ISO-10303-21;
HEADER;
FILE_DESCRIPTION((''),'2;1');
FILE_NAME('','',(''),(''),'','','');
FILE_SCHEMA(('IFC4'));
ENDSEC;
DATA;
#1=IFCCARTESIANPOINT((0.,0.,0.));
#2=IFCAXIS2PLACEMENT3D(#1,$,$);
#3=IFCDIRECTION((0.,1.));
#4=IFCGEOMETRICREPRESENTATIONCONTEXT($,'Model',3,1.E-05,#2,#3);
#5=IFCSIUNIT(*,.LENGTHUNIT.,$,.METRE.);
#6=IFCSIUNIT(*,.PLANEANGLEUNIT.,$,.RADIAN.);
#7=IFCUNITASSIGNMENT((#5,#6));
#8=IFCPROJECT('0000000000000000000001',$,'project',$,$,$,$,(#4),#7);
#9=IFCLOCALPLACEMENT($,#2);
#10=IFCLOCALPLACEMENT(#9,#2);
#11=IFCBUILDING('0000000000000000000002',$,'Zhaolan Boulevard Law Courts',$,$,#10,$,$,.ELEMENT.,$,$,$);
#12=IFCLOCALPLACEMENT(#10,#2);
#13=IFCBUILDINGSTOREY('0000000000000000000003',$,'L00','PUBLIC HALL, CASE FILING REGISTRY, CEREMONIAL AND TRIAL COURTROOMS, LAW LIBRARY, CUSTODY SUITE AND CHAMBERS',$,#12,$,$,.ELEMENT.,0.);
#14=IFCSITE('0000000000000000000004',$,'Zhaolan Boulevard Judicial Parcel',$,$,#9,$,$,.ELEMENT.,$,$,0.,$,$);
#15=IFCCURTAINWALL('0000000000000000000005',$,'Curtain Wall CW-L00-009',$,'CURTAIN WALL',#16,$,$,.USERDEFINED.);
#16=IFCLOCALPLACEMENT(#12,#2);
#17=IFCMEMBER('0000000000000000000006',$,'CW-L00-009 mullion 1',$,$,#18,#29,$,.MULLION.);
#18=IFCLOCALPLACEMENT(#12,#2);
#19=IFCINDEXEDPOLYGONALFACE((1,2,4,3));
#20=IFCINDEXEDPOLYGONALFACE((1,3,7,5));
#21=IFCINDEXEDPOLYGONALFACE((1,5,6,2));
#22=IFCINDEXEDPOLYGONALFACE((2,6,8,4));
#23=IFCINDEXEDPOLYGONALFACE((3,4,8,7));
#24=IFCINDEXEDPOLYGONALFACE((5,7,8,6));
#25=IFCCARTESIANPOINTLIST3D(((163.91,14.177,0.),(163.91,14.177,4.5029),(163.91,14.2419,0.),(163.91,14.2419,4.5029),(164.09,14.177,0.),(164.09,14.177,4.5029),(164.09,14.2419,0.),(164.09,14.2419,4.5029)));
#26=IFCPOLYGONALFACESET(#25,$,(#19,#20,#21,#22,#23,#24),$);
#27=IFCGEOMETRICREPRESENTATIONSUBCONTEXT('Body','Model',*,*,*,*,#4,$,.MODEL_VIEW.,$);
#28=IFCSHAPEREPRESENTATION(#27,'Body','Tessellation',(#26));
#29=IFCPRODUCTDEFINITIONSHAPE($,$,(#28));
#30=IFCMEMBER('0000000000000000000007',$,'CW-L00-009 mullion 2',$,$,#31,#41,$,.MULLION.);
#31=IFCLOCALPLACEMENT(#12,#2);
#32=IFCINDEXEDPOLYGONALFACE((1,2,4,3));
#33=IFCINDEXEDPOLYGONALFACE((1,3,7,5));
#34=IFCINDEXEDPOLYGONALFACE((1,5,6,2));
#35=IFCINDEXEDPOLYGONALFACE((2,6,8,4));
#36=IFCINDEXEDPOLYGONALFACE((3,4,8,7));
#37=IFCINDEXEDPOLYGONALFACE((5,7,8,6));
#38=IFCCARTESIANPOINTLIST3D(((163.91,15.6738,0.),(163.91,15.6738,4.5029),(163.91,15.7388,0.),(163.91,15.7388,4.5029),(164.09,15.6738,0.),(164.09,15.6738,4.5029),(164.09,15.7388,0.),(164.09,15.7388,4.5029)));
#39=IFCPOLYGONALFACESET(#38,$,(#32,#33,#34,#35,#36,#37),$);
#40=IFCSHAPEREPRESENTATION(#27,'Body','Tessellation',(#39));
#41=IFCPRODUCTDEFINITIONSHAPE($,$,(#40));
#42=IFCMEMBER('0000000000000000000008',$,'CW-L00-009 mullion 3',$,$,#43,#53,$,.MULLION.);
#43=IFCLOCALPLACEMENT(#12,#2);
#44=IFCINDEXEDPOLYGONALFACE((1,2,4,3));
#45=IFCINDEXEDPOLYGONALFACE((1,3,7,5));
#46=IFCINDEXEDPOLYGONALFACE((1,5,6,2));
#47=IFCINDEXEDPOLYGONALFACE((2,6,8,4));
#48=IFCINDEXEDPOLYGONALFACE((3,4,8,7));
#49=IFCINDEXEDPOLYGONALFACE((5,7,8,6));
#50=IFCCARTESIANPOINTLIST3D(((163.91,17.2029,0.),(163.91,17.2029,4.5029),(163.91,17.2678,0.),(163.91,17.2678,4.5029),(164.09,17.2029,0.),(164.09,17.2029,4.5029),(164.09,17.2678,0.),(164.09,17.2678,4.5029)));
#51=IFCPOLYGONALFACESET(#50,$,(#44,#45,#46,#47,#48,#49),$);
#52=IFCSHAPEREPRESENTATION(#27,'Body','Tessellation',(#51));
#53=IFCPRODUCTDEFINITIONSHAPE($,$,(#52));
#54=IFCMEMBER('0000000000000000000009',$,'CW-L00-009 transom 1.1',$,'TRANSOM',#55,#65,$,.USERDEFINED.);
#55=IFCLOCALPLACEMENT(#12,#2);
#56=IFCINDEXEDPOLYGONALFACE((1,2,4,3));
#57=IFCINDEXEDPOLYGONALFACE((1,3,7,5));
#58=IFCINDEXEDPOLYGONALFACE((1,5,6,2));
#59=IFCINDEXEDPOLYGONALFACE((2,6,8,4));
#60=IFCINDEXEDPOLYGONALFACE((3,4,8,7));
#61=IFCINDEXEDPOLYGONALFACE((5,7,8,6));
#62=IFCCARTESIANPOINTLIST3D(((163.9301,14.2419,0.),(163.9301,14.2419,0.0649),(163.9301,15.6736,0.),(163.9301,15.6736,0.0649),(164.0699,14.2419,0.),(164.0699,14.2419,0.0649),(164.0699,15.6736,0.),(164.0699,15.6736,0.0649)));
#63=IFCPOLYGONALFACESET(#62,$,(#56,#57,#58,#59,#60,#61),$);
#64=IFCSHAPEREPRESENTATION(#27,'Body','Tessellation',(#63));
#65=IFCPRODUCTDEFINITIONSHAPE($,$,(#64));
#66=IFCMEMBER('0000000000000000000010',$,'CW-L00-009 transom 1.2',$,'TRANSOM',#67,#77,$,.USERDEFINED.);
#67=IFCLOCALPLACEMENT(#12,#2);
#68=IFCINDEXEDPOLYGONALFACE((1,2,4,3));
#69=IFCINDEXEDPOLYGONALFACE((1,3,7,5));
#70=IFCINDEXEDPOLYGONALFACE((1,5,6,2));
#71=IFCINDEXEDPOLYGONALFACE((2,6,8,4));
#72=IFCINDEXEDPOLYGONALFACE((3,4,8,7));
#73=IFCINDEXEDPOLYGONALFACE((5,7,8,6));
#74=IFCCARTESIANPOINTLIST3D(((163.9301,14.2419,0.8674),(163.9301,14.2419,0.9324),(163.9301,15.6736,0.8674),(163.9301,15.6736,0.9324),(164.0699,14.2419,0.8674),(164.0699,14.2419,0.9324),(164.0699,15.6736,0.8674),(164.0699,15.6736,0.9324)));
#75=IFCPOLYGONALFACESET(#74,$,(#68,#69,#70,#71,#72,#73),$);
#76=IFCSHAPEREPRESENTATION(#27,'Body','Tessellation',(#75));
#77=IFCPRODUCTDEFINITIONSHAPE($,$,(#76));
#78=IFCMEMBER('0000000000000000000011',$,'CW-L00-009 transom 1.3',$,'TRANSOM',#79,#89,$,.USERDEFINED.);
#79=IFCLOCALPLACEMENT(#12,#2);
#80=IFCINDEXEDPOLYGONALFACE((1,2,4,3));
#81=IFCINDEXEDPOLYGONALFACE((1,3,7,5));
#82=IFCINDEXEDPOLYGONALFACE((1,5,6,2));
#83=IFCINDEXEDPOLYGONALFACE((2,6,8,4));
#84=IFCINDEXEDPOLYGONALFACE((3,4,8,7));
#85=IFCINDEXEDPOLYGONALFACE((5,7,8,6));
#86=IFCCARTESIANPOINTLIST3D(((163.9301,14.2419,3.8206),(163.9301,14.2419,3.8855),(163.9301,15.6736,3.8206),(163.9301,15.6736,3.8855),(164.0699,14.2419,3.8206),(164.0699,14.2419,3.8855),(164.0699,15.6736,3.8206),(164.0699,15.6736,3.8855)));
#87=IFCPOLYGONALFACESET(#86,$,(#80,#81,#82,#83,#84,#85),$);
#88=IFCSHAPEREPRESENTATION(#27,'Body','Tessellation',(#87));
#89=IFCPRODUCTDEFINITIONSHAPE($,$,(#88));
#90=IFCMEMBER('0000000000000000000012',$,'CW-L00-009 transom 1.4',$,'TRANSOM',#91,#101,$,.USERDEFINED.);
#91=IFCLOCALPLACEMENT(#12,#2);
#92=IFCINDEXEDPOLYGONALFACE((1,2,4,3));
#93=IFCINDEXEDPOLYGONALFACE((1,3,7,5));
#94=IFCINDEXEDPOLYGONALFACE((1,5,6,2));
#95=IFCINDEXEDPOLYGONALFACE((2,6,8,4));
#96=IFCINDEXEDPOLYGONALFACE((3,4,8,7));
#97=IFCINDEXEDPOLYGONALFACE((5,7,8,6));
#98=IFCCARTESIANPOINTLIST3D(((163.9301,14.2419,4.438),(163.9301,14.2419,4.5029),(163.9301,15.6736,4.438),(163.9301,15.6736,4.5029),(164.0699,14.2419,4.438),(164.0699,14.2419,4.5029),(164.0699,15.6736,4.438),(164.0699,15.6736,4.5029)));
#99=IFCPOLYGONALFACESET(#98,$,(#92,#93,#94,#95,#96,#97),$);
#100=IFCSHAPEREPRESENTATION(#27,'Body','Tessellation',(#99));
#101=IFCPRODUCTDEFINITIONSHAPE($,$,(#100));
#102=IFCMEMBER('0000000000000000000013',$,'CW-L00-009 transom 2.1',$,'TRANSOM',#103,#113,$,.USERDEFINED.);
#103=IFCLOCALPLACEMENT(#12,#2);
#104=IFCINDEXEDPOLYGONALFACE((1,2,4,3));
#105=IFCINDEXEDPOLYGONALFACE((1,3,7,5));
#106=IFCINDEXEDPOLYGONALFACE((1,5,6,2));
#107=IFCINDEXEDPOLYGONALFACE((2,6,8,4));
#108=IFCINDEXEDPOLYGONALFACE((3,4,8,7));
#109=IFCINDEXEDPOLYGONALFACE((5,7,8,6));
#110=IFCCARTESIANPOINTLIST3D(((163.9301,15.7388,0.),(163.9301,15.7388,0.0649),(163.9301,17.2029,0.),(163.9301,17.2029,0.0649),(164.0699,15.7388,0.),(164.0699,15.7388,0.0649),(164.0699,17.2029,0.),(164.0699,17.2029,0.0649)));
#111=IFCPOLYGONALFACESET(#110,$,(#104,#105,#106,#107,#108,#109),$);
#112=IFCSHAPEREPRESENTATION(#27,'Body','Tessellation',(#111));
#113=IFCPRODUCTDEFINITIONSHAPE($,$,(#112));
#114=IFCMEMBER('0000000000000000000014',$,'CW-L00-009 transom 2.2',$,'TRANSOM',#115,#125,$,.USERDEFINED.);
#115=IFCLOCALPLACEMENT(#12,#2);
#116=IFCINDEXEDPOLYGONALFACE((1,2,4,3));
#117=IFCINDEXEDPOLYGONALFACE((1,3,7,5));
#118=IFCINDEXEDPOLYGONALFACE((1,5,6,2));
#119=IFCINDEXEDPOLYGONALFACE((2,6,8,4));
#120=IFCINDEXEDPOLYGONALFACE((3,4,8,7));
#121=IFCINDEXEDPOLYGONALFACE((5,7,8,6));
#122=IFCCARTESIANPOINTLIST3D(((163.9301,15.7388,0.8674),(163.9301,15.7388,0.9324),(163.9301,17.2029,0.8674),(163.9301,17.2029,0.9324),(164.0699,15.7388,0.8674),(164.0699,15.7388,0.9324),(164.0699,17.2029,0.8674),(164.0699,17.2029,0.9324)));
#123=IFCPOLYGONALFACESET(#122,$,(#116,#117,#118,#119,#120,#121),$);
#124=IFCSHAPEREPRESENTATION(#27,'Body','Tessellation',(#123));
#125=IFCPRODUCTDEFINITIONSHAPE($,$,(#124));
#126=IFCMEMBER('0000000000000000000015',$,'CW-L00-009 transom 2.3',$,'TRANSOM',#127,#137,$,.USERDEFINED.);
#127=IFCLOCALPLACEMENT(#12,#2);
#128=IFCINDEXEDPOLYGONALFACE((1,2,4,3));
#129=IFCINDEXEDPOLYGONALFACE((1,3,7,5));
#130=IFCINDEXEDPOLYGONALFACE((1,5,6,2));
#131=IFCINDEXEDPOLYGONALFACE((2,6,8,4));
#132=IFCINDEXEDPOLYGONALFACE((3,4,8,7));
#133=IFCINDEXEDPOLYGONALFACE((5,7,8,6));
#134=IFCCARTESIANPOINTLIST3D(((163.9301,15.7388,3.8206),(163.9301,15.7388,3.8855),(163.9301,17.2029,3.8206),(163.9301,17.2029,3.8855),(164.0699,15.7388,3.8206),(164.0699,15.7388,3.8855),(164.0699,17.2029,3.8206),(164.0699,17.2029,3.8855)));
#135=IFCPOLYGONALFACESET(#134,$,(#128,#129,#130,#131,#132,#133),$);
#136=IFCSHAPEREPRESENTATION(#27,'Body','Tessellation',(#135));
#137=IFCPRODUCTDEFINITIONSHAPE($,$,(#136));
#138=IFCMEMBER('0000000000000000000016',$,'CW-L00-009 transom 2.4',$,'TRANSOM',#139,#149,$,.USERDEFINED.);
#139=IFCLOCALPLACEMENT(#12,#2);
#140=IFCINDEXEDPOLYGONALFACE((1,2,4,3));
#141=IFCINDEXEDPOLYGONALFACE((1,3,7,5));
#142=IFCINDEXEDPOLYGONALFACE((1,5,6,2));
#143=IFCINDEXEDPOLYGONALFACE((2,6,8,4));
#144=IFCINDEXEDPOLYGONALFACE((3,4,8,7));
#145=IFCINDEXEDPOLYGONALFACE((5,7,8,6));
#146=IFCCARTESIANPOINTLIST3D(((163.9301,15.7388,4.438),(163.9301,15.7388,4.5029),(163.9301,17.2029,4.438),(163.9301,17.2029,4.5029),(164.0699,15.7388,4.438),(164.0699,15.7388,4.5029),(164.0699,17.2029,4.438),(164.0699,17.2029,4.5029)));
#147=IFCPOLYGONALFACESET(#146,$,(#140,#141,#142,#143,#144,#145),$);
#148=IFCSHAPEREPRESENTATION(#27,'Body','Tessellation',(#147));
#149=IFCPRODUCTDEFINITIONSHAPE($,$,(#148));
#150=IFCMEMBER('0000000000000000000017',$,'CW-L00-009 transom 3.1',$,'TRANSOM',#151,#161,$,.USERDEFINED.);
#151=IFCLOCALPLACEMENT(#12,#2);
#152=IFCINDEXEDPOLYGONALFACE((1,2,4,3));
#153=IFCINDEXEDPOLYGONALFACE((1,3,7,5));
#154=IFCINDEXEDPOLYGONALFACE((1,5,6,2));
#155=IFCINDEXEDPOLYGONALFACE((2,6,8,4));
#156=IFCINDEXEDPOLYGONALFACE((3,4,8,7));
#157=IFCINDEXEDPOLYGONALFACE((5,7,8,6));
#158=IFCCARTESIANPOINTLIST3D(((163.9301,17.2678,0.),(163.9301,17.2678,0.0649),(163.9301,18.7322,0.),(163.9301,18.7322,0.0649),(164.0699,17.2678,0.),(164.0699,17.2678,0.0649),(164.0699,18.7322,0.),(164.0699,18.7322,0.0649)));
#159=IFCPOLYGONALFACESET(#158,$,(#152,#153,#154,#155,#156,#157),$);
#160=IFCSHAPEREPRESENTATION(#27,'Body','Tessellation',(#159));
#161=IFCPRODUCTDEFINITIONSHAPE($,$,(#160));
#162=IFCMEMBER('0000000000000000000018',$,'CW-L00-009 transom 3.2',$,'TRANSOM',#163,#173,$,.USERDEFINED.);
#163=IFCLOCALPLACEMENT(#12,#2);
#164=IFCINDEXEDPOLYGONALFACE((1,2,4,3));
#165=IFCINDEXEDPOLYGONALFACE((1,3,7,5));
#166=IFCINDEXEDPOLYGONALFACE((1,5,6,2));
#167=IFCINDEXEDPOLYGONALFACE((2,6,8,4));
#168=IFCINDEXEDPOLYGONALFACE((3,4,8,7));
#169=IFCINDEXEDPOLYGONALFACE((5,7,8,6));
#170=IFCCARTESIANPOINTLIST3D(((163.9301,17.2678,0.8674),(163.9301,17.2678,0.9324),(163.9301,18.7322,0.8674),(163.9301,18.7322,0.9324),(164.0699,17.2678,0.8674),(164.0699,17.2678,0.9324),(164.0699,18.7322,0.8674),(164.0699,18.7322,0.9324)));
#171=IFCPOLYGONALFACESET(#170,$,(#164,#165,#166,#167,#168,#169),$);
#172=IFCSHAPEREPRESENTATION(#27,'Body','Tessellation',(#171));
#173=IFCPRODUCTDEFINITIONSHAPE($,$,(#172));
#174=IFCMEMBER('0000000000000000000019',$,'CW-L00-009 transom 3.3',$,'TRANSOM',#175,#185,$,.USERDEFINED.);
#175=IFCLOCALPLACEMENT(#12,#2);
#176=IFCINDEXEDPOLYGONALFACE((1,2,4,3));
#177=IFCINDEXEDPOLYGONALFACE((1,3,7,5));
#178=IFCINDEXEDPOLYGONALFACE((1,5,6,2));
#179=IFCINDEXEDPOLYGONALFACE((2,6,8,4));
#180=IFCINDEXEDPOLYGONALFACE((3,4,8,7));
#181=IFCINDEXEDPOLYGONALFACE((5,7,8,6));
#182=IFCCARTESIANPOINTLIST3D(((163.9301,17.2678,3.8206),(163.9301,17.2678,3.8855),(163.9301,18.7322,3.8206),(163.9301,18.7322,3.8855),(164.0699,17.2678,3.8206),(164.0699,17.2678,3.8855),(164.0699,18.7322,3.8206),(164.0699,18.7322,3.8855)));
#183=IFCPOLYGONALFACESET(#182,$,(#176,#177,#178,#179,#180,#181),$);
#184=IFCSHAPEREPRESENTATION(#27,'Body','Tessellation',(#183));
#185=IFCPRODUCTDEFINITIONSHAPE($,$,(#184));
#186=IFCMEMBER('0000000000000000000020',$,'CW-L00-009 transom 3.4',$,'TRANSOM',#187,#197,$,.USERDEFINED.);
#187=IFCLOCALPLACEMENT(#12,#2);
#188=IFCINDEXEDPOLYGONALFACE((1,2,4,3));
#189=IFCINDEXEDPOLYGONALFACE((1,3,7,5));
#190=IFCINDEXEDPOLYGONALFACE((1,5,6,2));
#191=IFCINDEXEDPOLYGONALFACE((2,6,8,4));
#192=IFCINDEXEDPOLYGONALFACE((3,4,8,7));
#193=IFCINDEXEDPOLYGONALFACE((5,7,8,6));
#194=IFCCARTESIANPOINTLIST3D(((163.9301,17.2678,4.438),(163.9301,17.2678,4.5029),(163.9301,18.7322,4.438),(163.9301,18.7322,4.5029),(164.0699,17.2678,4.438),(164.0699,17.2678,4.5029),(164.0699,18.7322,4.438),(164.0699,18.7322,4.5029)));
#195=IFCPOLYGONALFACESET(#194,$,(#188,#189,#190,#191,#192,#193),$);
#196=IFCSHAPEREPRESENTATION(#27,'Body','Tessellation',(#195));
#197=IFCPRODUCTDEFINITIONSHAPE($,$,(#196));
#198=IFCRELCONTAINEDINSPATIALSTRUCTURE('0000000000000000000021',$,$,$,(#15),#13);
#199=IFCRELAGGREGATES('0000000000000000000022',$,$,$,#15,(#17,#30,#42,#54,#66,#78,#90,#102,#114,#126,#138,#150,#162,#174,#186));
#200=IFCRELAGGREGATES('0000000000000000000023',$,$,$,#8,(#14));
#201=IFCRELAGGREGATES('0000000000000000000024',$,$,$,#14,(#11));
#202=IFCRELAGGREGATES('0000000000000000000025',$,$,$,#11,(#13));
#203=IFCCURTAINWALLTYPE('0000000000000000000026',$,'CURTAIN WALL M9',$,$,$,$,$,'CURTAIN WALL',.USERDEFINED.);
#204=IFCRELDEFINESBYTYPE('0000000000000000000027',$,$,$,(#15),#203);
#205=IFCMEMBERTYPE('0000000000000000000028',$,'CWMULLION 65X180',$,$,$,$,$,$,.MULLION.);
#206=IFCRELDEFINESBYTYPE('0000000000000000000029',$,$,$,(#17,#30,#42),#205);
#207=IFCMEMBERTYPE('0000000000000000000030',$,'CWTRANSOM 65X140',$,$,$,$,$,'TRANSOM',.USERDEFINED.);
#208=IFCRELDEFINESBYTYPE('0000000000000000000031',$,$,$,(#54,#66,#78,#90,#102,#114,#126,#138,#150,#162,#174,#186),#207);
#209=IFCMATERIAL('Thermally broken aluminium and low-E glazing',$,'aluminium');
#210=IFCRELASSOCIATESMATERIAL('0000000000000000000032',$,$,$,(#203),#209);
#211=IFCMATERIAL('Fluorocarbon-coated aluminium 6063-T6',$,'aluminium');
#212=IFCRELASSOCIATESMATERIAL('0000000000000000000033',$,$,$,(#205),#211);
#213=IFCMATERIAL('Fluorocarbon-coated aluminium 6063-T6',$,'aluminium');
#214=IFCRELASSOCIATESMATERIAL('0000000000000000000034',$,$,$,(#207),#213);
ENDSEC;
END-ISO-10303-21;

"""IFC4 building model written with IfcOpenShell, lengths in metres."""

from ifc_helpers import new_model, si_unit, direction, frame, origin, origin_2d, place, context, subcontext, project, spatial, rectangle, extrude, material, material_profile, profile_set, type_object, element, aggregate, save


model = new_model("IFC4")

# Units and contexts
model_context = context("Model", 3, precision=1e-05, world=origin(), true_north=direction((0.0, 1.0)))
body_context = subcontext(model_context, "Body", "Model", "MODEL_VIEW")
ifc_project = project(units=[si_unit("LENGTHUNIT", "METRE"), si_unit("PLANEANGLEUNIT", "RADIAN")], contexts=[model_context])

# Site, building, storey
site_placement = place(None, origin())
site = spatial("IfcSite", under=ifc_project, at=site_placement, Name="Zhaolan Boulevard Judicial Parcel", CompositionType="ELEMENT", RefElevation=0.0)
building_placement = place(site_placement, origin())
building = spatial("IfcBuilding", under=site, at=building_placement, Name="Zhaolan Boulevard Law Courts", CompositionType="ELEMENT")
storey_placement = place(building_placement, origin())
storey = spatial("IfcBuildingStorey", under=building, at=storey_placement, Name="L00", Description="PUBLIC HALL, CASE FILING REGISTRY, CEREMONIAL AND TRIAL COURTROOMS, LAW LIBRARY, CUSTODY SUITE AND CHAMBERS", CompositionType="ELEMENT", Elevation=0.0)

# Curtain wall, members
ifc_material_1 = material(Name="Thermally broken aluminium and low-E glazing", Category="aluminium")
curtain_wall_type = type_object("IfcCurtainWallType", Name="CURTAIN WALL M9", ElementType="CURTAIN WALL", PredefinedType="USERDEFINED", material=ifc_material_1)
curtain_wall_placement = place(storey_placement, origin())
curtain_wall = element("IfcCurtainWall", 1, at=curtain_wall_placement, inside=storey, type_object=curtain_wall_type, Name="Curtain Wall CW-L00-009", ObjectType="CURTAIN WALL", PredefinedType="USERDEFINED")
ifc_material_2 = material(Name="Fluorocarbon-coated aluminium 6063-T6", Category="aluminium")
ifc_material_profile_1 = material_profile(ifc_material_2, rectangle(XDim=0.1799, YDim=0.0649, at=origin_2d()), Name="AL65x180")
ifc_profile_set_1 = profile_set([ifc_material_profile_1], Name="Fluorocarbon-coated aluminium 6063-T6")
member_type_1 = type_object("IfcMemberType", Name="CWMULLION 65X180", PredefinedType="MULLION", material=ifc_profile_set_1)
member_1_placement = place(storey_placement, frame((164.0, 14.2095, 0.0), z_axis=(0.0, 0.0, 1.0), x_axis=(-1.0, 0.0, 0.0)))
member_1 = element("IfcMember", 2, at=member_1_placement, type_object=member_type_1, Name="CW-L00-009 mullion 1", PredefinedType="MULLION", context=body_context, shape_type="SweptSolid", body=[
    extrude(rectangle(XDim=0.1799, YDim=0.0649, at=origin_2d()), origin(), (0.0, 0.0, 1.0), 4.5029),
])
member_2_placement = place(storey_placement, frame((164.0, 15.7063, 0.0), z_axis=(0.0, 0.0, 1.0), x_axis=(-1.0, 0.0, 0.0)))
member_2 = element("IfcMember", 3, at=member_2_placement, type_object=member_type_1, Name="CW-L00-009 mullion 2", PredefinedType="MULLION", context=body_context, shape_type="SweptSolid", body=[
    extrude(rectangle(XDim=0.1799, YDim=0.0649, at=origin_2d()), origin(), (0.0, 0.0, 1.0), 4.5029),
])
member_3_placement = place(storey_placement, frame((164.0, 17.2354, 0.0), z_axis=(0.0, 0.0, 1.0), x_axis=(-1.0, 0.0, 0.0)))
member_3 = element("IfcMember", 4, at=member_3_placement, type_object=member_type_1, Name="CW-L00-009 mullion 3", PredefinedType="MULLION", context=body_context, shape_type="SweptSolid", body=[
    extrude(rectangle(XDim=0.1799, YDim=0.0649, at=origin_2d()), origin(), (0.0, 0.0, 1.0), 4.5029),
])
ifc_material_3 = material(Name="Fluorocarbon-coated aluminium 6063-T6", Category="aluminium")
ifc_material_profile_2 = material_profile(ifc_material_3, rectangle(XDim=0.1399, YDim=0.0649, at=origin_2d()), Name="AL65x140")
ifc_profile_set_2 = profile_set([ifc_material_profile_2], Name="Fluorocarbon-coated aluminium 6063-T6")
member_type_2 = type_object("IfcMemberType", Name="CWTRANSOM 65X140", ElementType="TRANSOM", PredefinedType="USERDEFINED", material=ifc_profile_set_2)
member_4_placement = place(storey_placement, frame((164.0, 14.2419, 0.0325), z_axis=(0.0, 1.0, 0.0), x_axis=(-1.0, 0.0, 0.0)))
member_4 = element("IfcMember", 5, at=member_4_placement, type_object=member_type_2, Name="CW-L00-009 transom 1.1", ObjectType="TRANSOM", PredefinedType="USERDEFINED", context=body_context, shape_type="SweptSolid", body=[
    extrude(rectangle(XDim=0.1399, YDim=0.0649, at=origin_2d()), origin(), (0.0, 0.0, 1.0), 1.4316),
])
member_5_placement = place(storey_placement, frame((164.0, 14.2419, 0.8999), z_axis=(0.0, 1.0, 0.0), x_axis=(-1.0, 0.0, 0.0)))
member_5 = element("IfcMember", 6, at=member_5_placement, type_object=member_type_2, Name="CW-L00-009 transom 1.2", ObjectType="TRANSOM", PredefinedType="USERDEFINED", context=body_context, shape_type="SweptSolid", body=[
    extrude(rectangle(XDim=0.1399, YDim=0.0649, at=origin_2d()), origin(), (0.0, 0.0, 1.0), 1.4316),
])
member_6_placement = place(storey_placement, frame((164.0, 14.2419, 3.853), z_axis=(0.0, 1.0, 0.0), x_axis=(-1.0, 0.0, 0.0)))
member_6 = element("IfcMember", 7, at=member_6_placement, type_object=member_type_2, Name="CW-L00-009 transom 1.3", ObjectType="TRANSOM", PredefinedType="USERDEFINED", context=body_context, shape_type="SweptSolid", body=[
    extrude(rectangle(XDim=0.1399, YDim=0.0649, at=origin_2d()), origin(), (0.0, 0.0, 1.0), 1.4316),
])
member_7_placement = place(storey_placement, frame((164.0, 14.2419, 4.4705), z_axis=(0.0, 1.0, 0.0), x_axis=(-1.0, 0.0, 0.0)))
member_7 = element("IfcMember", 8, at=member_7_placement, type_object=member_type_2, Name="CW-L00-009 transom 1.4", ObjectType="TRANSOM", PredefinedType="USERDEFINED", context=body_context, shape_type="SweptSolid", body=[
    extrude(rectangle(XDim=0.1399, YDim=0.0649, at=origin_2d()), origin(), (0.0, 0.0, 1.0), 1.4316),
])
member_8_placement = place(storey_placement, frame((164.0, 15.7388, 0.0325), z_axis=(0.0, 1.0, 0.0), x_axis=(-1.0, 0.0, 0.0)))
member_8 = element("IfcMember", 9, at=member_8_placement, type_object=member_type_2, Name="CW-L00-009 transom 2.1", ObjectType="TRANSOM", PredefinedType="USERDEFINED", context=body_context, shape_type="SweptSolid", body=[
    extrude(rectangle(XDim=0.1399, YDim=0.0649, at=origin_2d()), origin(), (0.0, 0.0, 1.0), 1.4641),
])
member_9_placement = place(storey_placement, frame((164.0, 15.7388, 0.8999), z_axis=(0.0, 1.0, 0.0), x_axis=(-1.0, 0.0, 0.0)))
member_9 = element("IfcMember", 10, at=member_9_placement, type_object=member_type_2, Name="CW-L00-009 transom 2.2", ObjectType="TRANSOM", PredefinedType="USERDEFINED", context=body_context, shape_type="SweptSolid", body=[
    extrude(rectangle(XDim=0.1399, YDim=0.0649, at=origin_2d()), origin(), (0.0, 0.0, 1.0), 1.4641),
])
member_10_placement = place(storey_placement, frame((164.0, 15.7388, 3.853), z_axis=(0.0, 1.0, 0.0), x_axis=(-1.0, 0.0, 0.0)))
member_10 = element("IfcMember", 11, at=member_10_placement, type_object=member_type_2, Name="CW-L00-009 transom 2.3", ObjectType="TRANSOM", PredefinedType="USERDEFINED", context=body_context, shape_type="SweptSolid", body=[
    extrude(rectangle(XDim=0.1399, YDim=0.0649, at=origin_2d()), origin(), (0.0, 0.0, 1.0), 1.4641),
])
member_11_placement = place(storey_placement, frame((164.0, 15.7388, 4.4705), z_axis=(0.0, 1.0, 0.0), x_axis=(-1.0, 0.0, 0.0)))
member_11 = element("IfcMember", 12, at=member_11_placement, type_object=member_type_2, Name="CW-L00-009 transom 2.4", ObjectType="TRANSOM", PredefinedType="USERDEFINED", context=body_context, shape_type="SweptSolid", body=[
    extrude(rectangle(XDim=0.1399, YDim=0.0649, at=origin_2d()), origin(), (0.0, 0.0, 1.0), 1.4641),
])
member_12_placement = place(storey_placement, frame((164.0, 17.2678, 0.0325), z_axis=(0.0, 1.0, 0.0), x_axis=(-1.0, 0.0, 0.0)))
member_12 = element("IfcMember", 13, at=member_12_placement, type_object=member_type_2, Name="CW-L00-009 transom 3.1", ObjectType="TRANSOM", PredefinedType="USERDEFINED", context=body_context, shape_type="SweptSolid", body=[
    extrude(rectangle(XDim=0.1399, YDim=0.0649, at=origin_2d()), origin(), (0.0, 0.0, 1.0), 1.4644),
])
member_13_placement = place(storey_placement, frame((164.0, 17.2678, 0.8999), z_axis=(0.0, 1.0, 0.0), x_axis=(-1.0, 0.0, 0.0)))
member_13 = element("IfcMember", 14, at=member_13_placement, type_object=member_type_2, Name="CW-L00-009 transom 3.2", ObjectType="TRANSOM", PredefinedType="USERDEFINED", context=body_context, shape_type="SweptSolid", body=[
    extrude(rectangle(XDim=0.1399, YDim=0.0649, at=origin_2d()), origin(), (0.0, 0.0, 1.0), 1.4644),
])
member_14_placement = place(storey_placement, frame((164.0, 17.2678, 3.853), z_axis=(0.0, 1.0, 0.0), x_axis=(-1.0, 0.0, 0.0)))
member_14 = element("IfcMember", 15, at=member_14_placement, type_object=member_type_2, Name="CW-L00-009 transom 3.3", ObjectType="TRANSOM", PredefinedType="USERDEFINED", context=body_context, shape_type="SweptSolid", body=[
    extrude(rectangle(XDim=0.1399, YDim=0.0649, at=origin_2d()), origin(), (0.0, 0.0, 1.0), 1.4644),
])
member_15_placement = place(storey_placement, frame((164.0, 17.2678, 4.4705), z_axis=(0.0, 1.0, 0.0), x_axis=(-1.0, 0.0, 0.0)))
member_15 = element("IfcMember", 16, at=member_15_placement, type_object=member_type_2, Name="CW-L00-009 transom 3.4", ObjectType="TRANSOM", PredefinedType="USERDEFINED", context=body_context, shape_type="SweptSolid", body=[
    extrude(rectangle(XDim=0.1399, YDim=0.0649, at=origin_2d()), origin(), (0.0, 0.0, 1.0), 1.4644),
])
aggregate(curtain_wall, [member_1, member_2, member_3, member_4, member_5, member_6, member_7, member_8, member_9, member_10, member_11, member_12, member_13, member_14, member_15])

save(model, "model.ifc")
